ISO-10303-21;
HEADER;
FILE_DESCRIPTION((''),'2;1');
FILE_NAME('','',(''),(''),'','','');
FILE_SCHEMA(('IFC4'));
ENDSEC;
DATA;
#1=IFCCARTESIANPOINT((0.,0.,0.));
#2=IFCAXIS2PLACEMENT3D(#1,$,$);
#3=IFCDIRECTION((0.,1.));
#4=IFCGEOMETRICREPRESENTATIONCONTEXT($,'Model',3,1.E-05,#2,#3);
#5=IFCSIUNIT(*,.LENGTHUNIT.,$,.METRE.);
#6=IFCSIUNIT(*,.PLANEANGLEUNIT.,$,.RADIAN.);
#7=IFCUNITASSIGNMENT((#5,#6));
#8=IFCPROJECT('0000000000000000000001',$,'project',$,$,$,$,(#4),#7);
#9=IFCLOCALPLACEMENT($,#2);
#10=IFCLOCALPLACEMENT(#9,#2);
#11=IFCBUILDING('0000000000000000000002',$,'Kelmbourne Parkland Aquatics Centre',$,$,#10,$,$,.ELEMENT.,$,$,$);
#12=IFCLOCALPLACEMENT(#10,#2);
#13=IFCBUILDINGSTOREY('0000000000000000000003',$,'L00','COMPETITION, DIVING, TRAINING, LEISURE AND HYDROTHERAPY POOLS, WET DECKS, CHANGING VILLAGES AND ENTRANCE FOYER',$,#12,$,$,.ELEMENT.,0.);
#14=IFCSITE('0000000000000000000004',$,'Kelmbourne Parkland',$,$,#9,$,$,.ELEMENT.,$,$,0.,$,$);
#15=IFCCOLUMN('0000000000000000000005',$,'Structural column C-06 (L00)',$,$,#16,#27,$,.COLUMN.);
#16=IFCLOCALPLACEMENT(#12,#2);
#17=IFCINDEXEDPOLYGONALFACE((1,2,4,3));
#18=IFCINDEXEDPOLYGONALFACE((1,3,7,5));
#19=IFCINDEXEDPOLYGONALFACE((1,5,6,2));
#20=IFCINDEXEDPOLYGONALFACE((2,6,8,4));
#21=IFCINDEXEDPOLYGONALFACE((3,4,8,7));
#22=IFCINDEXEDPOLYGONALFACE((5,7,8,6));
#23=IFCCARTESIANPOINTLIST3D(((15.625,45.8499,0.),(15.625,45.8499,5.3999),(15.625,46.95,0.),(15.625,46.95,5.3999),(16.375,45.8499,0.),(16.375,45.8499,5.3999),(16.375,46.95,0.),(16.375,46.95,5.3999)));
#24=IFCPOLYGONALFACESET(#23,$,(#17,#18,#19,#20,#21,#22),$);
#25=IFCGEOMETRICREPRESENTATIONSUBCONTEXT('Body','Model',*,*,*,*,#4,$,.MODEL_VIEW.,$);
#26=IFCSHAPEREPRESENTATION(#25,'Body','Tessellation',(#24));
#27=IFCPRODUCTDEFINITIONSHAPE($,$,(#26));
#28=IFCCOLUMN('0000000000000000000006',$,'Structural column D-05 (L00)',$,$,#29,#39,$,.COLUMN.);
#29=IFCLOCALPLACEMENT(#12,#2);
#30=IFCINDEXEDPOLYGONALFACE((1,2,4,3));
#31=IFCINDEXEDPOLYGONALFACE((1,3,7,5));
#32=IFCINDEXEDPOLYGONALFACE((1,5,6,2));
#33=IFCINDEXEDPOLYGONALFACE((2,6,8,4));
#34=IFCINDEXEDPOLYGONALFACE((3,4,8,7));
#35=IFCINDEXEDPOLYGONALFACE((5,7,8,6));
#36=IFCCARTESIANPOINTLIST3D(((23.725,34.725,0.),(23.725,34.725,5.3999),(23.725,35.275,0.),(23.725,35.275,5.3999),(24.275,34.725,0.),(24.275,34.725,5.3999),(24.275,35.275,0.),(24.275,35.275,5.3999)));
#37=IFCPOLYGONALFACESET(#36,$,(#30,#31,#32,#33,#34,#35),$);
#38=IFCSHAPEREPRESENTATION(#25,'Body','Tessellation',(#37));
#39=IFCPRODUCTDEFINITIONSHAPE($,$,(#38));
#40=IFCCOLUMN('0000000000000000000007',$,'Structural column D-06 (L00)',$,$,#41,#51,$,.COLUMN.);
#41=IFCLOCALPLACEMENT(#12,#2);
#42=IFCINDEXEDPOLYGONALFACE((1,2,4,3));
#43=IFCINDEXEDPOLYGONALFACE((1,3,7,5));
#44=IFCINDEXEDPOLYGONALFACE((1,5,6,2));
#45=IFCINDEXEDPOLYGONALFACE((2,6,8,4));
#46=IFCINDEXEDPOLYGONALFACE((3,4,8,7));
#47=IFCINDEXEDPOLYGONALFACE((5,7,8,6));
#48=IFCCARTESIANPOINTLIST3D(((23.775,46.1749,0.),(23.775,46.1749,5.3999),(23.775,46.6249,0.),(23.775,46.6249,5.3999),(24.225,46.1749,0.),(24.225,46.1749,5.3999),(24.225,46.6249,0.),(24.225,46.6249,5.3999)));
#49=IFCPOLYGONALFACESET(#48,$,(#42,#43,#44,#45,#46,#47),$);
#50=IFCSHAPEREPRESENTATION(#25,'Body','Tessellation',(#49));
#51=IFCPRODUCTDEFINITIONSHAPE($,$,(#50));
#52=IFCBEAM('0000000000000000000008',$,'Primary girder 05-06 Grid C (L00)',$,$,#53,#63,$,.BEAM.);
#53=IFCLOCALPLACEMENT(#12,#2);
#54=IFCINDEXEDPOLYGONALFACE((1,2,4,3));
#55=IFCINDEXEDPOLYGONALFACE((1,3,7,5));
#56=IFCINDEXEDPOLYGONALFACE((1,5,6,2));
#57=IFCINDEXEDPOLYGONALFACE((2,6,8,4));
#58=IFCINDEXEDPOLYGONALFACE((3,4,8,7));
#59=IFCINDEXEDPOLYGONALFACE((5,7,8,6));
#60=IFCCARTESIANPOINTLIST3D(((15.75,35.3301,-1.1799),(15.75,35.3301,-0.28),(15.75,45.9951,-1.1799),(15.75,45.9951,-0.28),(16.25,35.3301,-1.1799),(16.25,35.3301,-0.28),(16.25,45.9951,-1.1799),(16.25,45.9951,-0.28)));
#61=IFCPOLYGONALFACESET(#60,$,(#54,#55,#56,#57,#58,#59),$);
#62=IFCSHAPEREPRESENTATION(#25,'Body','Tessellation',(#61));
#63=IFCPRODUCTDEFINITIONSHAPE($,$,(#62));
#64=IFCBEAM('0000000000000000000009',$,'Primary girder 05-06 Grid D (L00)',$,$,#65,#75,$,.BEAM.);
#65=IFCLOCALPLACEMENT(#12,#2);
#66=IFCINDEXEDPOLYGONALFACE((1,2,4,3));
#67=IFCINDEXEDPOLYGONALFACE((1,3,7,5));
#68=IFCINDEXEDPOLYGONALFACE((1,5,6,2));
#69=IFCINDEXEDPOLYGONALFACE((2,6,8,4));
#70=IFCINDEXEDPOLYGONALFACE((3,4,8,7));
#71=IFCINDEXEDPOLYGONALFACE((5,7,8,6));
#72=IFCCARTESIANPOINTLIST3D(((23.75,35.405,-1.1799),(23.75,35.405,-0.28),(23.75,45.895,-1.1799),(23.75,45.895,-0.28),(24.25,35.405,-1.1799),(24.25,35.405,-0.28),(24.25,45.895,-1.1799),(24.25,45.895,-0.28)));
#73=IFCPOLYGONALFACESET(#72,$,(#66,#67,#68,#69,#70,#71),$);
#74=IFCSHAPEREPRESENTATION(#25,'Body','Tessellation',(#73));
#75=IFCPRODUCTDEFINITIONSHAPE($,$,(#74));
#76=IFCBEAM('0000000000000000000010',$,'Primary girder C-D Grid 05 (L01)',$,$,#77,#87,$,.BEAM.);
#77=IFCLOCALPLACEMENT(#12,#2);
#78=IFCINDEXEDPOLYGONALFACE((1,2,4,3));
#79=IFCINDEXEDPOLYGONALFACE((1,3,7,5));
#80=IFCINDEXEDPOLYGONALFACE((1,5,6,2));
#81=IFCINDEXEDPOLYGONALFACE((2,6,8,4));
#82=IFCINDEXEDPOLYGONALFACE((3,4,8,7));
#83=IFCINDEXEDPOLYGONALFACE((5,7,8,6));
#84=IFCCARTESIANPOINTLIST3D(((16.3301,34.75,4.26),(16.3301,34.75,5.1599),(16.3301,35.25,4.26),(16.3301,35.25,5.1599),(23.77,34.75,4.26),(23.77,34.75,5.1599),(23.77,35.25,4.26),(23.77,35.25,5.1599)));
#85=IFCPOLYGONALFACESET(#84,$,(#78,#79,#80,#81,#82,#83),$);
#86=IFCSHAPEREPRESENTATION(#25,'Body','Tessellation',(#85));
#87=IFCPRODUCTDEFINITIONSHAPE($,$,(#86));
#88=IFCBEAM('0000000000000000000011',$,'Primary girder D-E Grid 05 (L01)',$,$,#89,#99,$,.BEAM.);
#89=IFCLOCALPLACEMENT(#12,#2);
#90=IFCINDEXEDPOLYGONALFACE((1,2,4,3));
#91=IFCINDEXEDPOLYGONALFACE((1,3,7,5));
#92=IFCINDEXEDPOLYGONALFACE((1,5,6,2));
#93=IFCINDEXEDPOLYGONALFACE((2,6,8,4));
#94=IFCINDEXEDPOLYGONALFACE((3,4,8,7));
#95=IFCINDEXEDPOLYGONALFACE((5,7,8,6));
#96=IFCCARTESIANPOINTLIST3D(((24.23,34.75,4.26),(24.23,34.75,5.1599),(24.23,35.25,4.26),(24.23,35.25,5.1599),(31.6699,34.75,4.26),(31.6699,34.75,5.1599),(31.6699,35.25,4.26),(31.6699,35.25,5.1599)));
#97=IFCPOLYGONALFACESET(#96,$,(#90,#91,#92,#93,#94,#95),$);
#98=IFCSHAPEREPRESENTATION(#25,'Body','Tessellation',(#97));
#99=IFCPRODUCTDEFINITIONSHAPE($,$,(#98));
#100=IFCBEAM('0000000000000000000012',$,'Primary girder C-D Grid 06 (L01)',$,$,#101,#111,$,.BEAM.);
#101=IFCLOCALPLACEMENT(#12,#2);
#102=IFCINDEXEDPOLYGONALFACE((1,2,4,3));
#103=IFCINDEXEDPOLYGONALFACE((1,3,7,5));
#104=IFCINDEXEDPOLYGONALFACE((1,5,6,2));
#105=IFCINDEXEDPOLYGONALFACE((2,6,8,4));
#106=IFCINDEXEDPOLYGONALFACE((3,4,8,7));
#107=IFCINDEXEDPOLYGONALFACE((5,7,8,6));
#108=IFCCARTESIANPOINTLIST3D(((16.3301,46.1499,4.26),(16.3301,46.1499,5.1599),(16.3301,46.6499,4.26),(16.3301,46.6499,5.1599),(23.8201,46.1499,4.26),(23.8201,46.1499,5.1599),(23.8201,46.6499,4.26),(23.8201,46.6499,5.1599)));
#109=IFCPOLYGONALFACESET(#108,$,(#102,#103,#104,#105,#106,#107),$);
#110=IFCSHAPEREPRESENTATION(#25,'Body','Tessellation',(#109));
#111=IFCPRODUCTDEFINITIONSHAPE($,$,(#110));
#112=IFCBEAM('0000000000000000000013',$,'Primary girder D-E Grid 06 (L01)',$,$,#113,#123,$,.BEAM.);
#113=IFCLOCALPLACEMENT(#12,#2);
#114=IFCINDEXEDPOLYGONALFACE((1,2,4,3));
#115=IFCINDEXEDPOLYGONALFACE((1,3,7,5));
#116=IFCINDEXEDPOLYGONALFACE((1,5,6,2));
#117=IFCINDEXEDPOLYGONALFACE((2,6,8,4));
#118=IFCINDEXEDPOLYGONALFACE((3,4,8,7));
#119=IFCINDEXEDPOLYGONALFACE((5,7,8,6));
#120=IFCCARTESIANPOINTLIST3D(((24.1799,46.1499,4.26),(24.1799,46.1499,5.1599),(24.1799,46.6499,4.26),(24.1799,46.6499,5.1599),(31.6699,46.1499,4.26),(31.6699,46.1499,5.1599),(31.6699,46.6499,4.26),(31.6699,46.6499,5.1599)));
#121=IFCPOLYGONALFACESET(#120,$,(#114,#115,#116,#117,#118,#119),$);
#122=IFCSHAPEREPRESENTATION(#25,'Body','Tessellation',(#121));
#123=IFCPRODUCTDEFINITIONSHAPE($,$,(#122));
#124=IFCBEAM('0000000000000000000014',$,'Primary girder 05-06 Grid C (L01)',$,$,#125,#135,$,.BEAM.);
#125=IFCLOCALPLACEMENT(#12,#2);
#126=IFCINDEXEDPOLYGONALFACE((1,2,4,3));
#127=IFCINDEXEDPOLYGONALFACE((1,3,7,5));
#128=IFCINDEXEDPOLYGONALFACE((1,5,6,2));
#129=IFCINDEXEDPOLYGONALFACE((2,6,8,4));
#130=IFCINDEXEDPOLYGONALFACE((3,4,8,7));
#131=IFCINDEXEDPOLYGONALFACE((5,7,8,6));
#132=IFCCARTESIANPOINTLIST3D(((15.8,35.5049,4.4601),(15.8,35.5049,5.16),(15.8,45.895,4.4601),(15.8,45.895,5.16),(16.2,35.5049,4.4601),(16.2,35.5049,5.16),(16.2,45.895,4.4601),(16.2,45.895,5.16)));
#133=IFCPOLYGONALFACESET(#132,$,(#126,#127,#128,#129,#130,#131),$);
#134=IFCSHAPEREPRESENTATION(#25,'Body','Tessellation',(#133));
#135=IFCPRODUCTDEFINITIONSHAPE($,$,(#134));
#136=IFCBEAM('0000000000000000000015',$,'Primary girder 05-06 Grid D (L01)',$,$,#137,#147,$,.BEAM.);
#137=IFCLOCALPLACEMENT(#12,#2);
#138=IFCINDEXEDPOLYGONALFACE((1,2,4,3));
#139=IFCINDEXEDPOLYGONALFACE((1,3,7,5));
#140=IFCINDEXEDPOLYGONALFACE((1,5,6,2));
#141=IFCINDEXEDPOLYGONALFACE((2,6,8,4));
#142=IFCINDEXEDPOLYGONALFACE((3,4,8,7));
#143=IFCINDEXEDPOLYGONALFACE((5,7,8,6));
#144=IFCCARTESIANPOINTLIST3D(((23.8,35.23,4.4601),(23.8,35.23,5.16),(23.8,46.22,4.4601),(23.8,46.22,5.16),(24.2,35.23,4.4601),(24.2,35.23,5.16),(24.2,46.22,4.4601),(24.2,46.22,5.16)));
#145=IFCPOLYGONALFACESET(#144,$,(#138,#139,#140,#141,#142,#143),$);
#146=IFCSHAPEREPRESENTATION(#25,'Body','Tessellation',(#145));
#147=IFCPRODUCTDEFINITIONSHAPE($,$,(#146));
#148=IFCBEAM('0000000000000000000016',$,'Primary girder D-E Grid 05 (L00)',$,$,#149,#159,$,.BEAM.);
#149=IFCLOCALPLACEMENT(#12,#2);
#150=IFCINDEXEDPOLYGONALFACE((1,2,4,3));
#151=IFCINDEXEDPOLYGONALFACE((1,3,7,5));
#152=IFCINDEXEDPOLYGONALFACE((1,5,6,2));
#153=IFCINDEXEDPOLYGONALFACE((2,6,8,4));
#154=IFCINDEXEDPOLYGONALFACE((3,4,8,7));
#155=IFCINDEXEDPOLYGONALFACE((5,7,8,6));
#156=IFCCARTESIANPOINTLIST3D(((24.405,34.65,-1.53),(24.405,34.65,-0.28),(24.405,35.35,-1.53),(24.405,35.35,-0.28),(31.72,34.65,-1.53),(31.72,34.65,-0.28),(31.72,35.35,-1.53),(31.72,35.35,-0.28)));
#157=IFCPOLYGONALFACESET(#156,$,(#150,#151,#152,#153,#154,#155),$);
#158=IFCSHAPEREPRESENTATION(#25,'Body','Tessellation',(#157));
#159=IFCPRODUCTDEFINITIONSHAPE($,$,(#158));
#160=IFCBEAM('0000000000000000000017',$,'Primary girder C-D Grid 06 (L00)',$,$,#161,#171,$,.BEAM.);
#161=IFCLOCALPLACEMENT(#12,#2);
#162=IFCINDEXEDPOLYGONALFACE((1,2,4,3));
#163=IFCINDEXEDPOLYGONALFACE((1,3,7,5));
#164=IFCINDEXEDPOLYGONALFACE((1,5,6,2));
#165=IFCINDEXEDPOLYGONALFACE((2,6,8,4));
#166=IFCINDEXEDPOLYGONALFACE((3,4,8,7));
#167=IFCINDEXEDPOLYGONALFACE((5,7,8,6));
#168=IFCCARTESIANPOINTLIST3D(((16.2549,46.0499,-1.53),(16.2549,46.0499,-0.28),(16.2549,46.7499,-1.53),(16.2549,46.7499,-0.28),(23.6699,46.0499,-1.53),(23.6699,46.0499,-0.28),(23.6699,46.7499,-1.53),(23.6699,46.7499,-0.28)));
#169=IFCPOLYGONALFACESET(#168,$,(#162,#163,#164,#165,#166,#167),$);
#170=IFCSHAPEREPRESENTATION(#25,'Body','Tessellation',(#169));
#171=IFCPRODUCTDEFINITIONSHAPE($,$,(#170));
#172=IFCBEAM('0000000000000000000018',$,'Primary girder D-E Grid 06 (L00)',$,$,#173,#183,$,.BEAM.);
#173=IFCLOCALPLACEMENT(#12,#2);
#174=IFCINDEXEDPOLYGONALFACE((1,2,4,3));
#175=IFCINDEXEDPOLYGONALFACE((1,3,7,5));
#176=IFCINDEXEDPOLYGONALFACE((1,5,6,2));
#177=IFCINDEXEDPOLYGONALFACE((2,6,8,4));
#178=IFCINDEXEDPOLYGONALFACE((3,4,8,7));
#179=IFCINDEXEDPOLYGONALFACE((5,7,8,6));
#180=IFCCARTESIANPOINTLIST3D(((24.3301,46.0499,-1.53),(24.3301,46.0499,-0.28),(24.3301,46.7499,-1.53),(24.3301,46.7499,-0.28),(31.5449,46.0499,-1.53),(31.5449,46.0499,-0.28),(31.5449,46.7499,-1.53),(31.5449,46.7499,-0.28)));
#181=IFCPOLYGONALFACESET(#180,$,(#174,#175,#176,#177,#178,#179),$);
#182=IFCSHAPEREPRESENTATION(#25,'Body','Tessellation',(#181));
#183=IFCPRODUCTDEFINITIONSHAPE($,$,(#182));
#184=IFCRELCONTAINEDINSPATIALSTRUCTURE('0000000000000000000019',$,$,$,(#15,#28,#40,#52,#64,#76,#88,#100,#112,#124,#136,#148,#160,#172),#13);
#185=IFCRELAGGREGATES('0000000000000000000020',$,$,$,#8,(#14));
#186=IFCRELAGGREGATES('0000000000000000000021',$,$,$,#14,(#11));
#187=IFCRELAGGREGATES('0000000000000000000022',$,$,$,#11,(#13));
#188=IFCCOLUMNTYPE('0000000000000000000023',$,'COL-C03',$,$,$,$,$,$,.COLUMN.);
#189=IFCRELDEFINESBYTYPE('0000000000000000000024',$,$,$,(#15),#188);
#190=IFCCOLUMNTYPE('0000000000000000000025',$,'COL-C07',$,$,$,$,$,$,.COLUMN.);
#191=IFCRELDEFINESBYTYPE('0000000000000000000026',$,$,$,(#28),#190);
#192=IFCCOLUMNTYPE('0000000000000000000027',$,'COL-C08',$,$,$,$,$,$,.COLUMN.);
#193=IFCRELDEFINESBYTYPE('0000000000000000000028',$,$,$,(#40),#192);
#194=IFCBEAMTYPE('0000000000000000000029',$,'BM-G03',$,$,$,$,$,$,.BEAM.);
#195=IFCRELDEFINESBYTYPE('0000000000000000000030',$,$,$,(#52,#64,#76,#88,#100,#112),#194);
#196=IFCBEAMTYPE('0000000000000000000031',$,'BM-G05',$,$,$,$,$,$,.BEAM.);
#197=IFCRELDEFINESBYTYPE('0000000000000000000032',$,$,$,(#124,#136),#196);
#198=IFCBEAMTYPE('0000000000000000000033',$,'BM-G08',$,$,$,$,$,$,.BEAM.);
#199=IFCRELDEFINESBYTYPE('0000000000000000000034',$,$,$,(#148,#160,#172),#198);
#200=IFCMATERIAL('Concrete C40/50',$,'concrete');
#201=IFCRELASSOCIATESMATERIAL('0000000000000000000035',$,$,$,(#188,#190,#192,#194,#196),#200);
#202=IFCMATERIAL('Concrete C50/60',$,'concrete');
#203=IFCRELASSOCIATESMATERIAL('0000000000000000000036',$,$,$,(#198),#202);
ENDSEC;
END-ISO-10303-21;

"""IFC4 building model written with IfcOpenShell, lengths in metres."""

from ifc_helpers import new_model, si_unit, direction, frame, origin, origin_2d, place, context, subcontext, project, spatial, rectangle, extrude, material, material_profile, profile_set, type_object, element, save


model = new_model("IFC4")

# Units and contexts
model_context = context("Model", 3, precision=1e-05, world=origin(), true_north=direction((0.0, 1.0)))
body_context = subcontext(model_context, "Body", "Model", "MODEL_VIEW")
ifc_project = project(units=[si_unit("LENGTHUNIT", "METRE"), si_unit("PLANEANGLEUNIT", "RADIAN")], contexts=[model_context])

# Site, building, storey
site_placement = place(None, origin())
site = spatial("IfcSite", under=ifc_project, at=site_placement, Name="Kelmbourne Parkland", CompositionType="ELEMENT", RefElevation=0.0)
building_placement = place(site_placement, origin())
building = spatial("IfcBuilding", under=site, at=building_placement, Name="Kelmbourne Parkland Aquatics Centre", CompositionType="ELEMENT")
storey_placement = place(building_placement, origin())
storey = spatial("IfcBuildingStorey", under=building, at=storey_placement, Name="L00", Description="COMPETITION, DIVING, TRAINING, LEISURE AND HYDROTHERAPY POOLS, WET DECKS, CHANGING VILLAGES AND ENTRANCE FOYER", CompositionType="ELEMENT", Elevation=0.0)

# Columns
ifc_material_1 = material(Name="Concrete C40/50", Category="concrete")
ifc_material_profile_1 = material_profile(ifc_material_1, rectangle(XDim=0.75, YDim=1.1001, at=origin_2d()), Name="RC 750x1100")
ifc_profile_set_1 = profile_set([ifc_material_profile_1], Name="Concrete C40/50")
column_type_1 = type_object("IfcColumnType", Name="COL-C03", PredefinedType="COLUMN", material=ifc_profile_set_1)
column_1_placement = place(storey_placement, frame((16.0, 46.3999, 0.0), z_axis=(0.0, 0.0, 1.0), x_axis=(1.0, 0.0, 0.0)))
element("IfcColumn", 1, at=column_1_placement, inside=storey, type_object=column_type_1, Name="Structural column C-06 (L00)", PredefinedType="COLUMN", context=body_context, shape_type="SweptSolid", body=[
    extrude(rectangle(XDim=0.75, YDim=1.1001, at=origin_2d()), origin(), (0.0, 0.0, 1.0), 5.3999),
])
ifc_material_profile_2 = material_profile(ifc_material_1, rectangle(XDim=0.55, YDim=0.55, at=origin_2d()), Name="RC 550x550")
ifc_profile_set_2 = profile_set([ifc_material_profile_2], Name="Concrete C40/50")
column_type_2 = type_object("IfcColumnType", Name="COL-C07", PredefinedType="COLUMN", material=ifc_profile_set_2)
column_2_placement = place(storey_placement, frame((24.0, 35.0, 0.0), z_axis=(0.0, 0.0, 1.0), x_axis=(1.0, 0.0, 0.0)))
element("IfcColumn", 2, at=column_2_placement, inside=storey, type_object=column_type_2, Name="Structural column D-05 (L00)", PredefinedType="COLUMN", context=body_context, shape_type="SweptSolid", body=[
    extrude(rectangle(XDim=0.55, YDim=0.55, at=origin_2d()), origin(), (0.0, 0.0, 1.0), 5.3999),
])
ifc_material_profile_3 = material_profile(ifc_material_1, rectangle(XDim=0.45, YDim=0.45, at=origin_2d()), Name="RC 450x450")
ifc_profile_set_3 = profile_set([ifc_material_profile_3], Name="Concrete C40/50")
column_type_3 = type_object("IfcColumnType", Name="COL-C08", PredefinedType="COLUMN", material=ifc_profile_set_3)
column_3_placement = place(storey_placement, frame((24.0, 46.3999, 0.0), z_axis=(0.0, 0.0, 1.0), x_axis=(1.0, 0.0, 0.0)))
element("IfcColumn", 3, at=column_3_placement, inside=storey, type_object=column_type_3, Name="Structural column D-06 (L00)", PredefinedType="COLUMN", context=body_context, shape_type="SweptSolid", body=[
    extrude(rectangle(XDim=0.45, YDim=0.45, at=origin_2d()), origin(), (0.0, 0.0, 1.0), 5.3999),
])

# Beams
ifc_material_profile_4 = material_profile(ifc_material_1, rectangle(XDim=0.5, YDim=0.8999, at=origin_2d()), Name="RC 500x900")
ifc_profile_set_4 = profile_set([ifc_material_profile_4], Name="Concrete C40/50")
beam_type_1 = type_object("IfcBeamType", Name="BM-G03", PredefinedType="BEAM", material=ifc_profile_set_4)
beam_1_placement = place(storey_placement, frame((16.0, 35.3301, -0.73), z_axis=(0.0, 1.0, 0.0), x_axis=(-1.0, 0.0, 0.0)))
element("IfcBeam", 4, at=beam_1_placement, inside=storey, type_object=beam_type_1, Name="Primary girder 05-06 Grid C (L00)", PredefinedType="BEAM", context=body_context, shape_type="SweptSolid", body=[
    extrude(rectangle(XDim=0.5, YDim=0.8999, at=origin_2d()), origin(), (0.0, 0.0, 1.0), 10.665),
])
beam_2_placement = place(storey_placement, frame((24.0, 35.405, -0.73), z_axis=(0.0, 1.0, 0.0), x_axis=(-1.0, 0.0, 0.0)))
element("IfcBeam", 5, at=beam_2_placement, inside=storey, type_object=beam_type_1, Name="Primary girder 05-06 Grid D (L00)", PredefinedType="BEAM", context=body_context, shape_type="SweptSolid", body=[
    extrude(rectangle(XDim=0.5, YDim=0.8999, at=origin_2d()), origin(), (0.0, 0.0, 1.0), 10.49),
])
for number, where, z_axis, x_axis, name in (
    (6, (16.3301, 35.0, 4.71), (1.0, 0.0, 0.0), (0.0, 1.0, 0.0), "Primary girder C-D Grid 05 (L01)"),
    (7, (24.23, 35.0, 4.71), (1.0, 0.0, 0.0), (0.0, 1.0, 0.0), "Primary girder D-E Grid 05 (L01)"),
):
    element("IfcBeam", number, at=place(storey_placement, frame(where, z_axis=z_axis, x_axis=x_axis)), inside=storey, type_object=beam_type_1, Name=name, PredefinedType="BEAM", context=body_context, shape_type="SweptSolid", body=[
        extrude(rectangle(XDim=0.5, YDim=0.8999, at=origin_2d()), origin(), (0.0, 0.0, 1.0), 7.4399),
    ])
for number, where, z_axis, x_axis, name in (
    (8, (16.3301, 46.3999, 4.71), (1.0, 0.0, 0.0), (0.0, 1.0, 0.0), "Primary girder C-D Grid 06 (L01)"),
    (9, (24.1799, 46.3999, 4.71), (1.0, 0.0, 0.0), (0.0, 1.0, 0.0), "Primary girder D-E Grid 06 (L01)"),
):
    element("IfcBeam", number, at=place(storey_placement, frame(where, z_axis=z_axis, x_axis=x_axis)), inside=storey, type_object=beam_type_1, Name=name, PredefinedType="BEAM", context=body_context, shape_type="SweptSolid", body=[
        extrude(rectangle(XDim=0.5, YDim=0.8999, at=origin_2d()), origin(), (0.0, 0.0, 1.0), 7.49),
    ])
ifc_material_profile_5 = material_profile(ifc_material_1, rectangle(XDim=0.3999, YDim=0.7, at=origin_2d()), Name="RC 400x700")
ifc_profile_set_5 = profile_set([ifc_material_profile_5], Name="Concrete C40/50")
beam_type_2 = type_object("IfcBeamType", Name="BM-G05", PredefinedType="BEAM", material=ifc_profile_set_5)
beam_3_placement = place(storey_placement, frame((16.0, 35.5049, 4.8101), z_axis=(0.0, 1.0, 0.0), x_axis=(-1.0, 0.0, 0.0)))
element("IfcBeam", 10, at=beam_3_placement, inside=storey, type_object=beam_type_2, Name="Primary girder 05-06 Grid C (L01)", PredefinedType="BEAM", context=body_context, shape_type="SweptSolid", body=[
    extrude(rectangle(XDim=0.3999, YDim=0.7, at=origin_2d()), origin(), (0.0, 0.0, 1.0), 10.3901),
])
beam_4_placement = place(storey_placement, frame((24.0, 35.23, 4.8101), z_axis=(0.0, 1.0, 0.0), x_axis=(-1.0, 0.0, 0.0)))
element("IfcBeam", 11, at=beam_4_placement, inside=storey, type_object=beam_type_2, Name="Primary girder 05-06 Grid D (L01)", PredefinedType="BEAM", context=body_context, shape_type="SweptSolid", body=[
    extrude(rectangle(XDim=0.3999, YDim=0.7, at=origin_2d()), origin(), (0.0, 0.0, 1.0), 10.99),
])
ifc_material_2 = material(Name="Concrete C50/60", Category="concrete")
ifc_material_profile_6 = material_profile(ifc_material_2, rectangle(XDim=0.7, YDim=1.25, at=origin_2d()), Name="RC 700x1250")
ifc_profile_set_6 = profile_set([ifc_material_profile_6], Name="Concrete C50/60")
beam_type_3 = type_object("IfcBeamType", Name="BM-G08", PredefinedType="BEAM", material=ifc_profile_set_6)
beam_5_placement = place(storey_placement, frame((24.405, 35.0, -0.905), z_axis=(1.0, 0.0, 0.0), x_axis=(0.0, 1.0, 0.0)))
element("IfcBeam", 12, at=beam_5_placement, inside=storey, type_object=beam_type_3, Name="Primary girder D-E Grid 05 (L00)", PredefinedType="BEAM", context=body_context, shape_type="SweptSolid", body=[
    extrude(rectangle(XDim=0.7, YDim=1.25, at=origin_2d()), origin(), (0.0, 0.0, 1.0), 7.3149),
])
beam_6_placement = place(storey_placement, frame((16.2549, 46.3999, -0.905), z_axis=(1.0, 0.0, 0.0), x_axis=(0.0, 1.0, 0.0)))
element("IfcBeam", 13, at=beam_6_placement, inside=storey, type_object=beam_type_3, Name="Primary girder C-D Grid 06 (L00)", PredefinedType="BEAM", context=body_context, shape_type="SweptSolid", body=[
    extrude(rectangle(XDim=0.7, YDim=1.25, at=origin_2d()), origin(), (0.0, 0.0, 1.0), 7.415),
])
beam_7_placement = place(storey_placement, frame((24.3301, 46.3999, -0.905), z_axis=(1.0, 0.0, 0.0), x_axis=(0.0, 1.0, 0.0)))
element("IfcBeam", 14, at=beam_7_placement, inside=storey, type_object=beam_type_3, Name="Primary girder D-E Grid 06 (L00)", PredefinedType="BEAM", context=body_context, shape_type="SweptSolid", body=[
    extrude(rectangle(XDim=0.7, YDim=1.25, at=origin_2d()), origin(), (0.0, 0.0, 1.0), 7.2148),
])

save(model, "model.ifc")
